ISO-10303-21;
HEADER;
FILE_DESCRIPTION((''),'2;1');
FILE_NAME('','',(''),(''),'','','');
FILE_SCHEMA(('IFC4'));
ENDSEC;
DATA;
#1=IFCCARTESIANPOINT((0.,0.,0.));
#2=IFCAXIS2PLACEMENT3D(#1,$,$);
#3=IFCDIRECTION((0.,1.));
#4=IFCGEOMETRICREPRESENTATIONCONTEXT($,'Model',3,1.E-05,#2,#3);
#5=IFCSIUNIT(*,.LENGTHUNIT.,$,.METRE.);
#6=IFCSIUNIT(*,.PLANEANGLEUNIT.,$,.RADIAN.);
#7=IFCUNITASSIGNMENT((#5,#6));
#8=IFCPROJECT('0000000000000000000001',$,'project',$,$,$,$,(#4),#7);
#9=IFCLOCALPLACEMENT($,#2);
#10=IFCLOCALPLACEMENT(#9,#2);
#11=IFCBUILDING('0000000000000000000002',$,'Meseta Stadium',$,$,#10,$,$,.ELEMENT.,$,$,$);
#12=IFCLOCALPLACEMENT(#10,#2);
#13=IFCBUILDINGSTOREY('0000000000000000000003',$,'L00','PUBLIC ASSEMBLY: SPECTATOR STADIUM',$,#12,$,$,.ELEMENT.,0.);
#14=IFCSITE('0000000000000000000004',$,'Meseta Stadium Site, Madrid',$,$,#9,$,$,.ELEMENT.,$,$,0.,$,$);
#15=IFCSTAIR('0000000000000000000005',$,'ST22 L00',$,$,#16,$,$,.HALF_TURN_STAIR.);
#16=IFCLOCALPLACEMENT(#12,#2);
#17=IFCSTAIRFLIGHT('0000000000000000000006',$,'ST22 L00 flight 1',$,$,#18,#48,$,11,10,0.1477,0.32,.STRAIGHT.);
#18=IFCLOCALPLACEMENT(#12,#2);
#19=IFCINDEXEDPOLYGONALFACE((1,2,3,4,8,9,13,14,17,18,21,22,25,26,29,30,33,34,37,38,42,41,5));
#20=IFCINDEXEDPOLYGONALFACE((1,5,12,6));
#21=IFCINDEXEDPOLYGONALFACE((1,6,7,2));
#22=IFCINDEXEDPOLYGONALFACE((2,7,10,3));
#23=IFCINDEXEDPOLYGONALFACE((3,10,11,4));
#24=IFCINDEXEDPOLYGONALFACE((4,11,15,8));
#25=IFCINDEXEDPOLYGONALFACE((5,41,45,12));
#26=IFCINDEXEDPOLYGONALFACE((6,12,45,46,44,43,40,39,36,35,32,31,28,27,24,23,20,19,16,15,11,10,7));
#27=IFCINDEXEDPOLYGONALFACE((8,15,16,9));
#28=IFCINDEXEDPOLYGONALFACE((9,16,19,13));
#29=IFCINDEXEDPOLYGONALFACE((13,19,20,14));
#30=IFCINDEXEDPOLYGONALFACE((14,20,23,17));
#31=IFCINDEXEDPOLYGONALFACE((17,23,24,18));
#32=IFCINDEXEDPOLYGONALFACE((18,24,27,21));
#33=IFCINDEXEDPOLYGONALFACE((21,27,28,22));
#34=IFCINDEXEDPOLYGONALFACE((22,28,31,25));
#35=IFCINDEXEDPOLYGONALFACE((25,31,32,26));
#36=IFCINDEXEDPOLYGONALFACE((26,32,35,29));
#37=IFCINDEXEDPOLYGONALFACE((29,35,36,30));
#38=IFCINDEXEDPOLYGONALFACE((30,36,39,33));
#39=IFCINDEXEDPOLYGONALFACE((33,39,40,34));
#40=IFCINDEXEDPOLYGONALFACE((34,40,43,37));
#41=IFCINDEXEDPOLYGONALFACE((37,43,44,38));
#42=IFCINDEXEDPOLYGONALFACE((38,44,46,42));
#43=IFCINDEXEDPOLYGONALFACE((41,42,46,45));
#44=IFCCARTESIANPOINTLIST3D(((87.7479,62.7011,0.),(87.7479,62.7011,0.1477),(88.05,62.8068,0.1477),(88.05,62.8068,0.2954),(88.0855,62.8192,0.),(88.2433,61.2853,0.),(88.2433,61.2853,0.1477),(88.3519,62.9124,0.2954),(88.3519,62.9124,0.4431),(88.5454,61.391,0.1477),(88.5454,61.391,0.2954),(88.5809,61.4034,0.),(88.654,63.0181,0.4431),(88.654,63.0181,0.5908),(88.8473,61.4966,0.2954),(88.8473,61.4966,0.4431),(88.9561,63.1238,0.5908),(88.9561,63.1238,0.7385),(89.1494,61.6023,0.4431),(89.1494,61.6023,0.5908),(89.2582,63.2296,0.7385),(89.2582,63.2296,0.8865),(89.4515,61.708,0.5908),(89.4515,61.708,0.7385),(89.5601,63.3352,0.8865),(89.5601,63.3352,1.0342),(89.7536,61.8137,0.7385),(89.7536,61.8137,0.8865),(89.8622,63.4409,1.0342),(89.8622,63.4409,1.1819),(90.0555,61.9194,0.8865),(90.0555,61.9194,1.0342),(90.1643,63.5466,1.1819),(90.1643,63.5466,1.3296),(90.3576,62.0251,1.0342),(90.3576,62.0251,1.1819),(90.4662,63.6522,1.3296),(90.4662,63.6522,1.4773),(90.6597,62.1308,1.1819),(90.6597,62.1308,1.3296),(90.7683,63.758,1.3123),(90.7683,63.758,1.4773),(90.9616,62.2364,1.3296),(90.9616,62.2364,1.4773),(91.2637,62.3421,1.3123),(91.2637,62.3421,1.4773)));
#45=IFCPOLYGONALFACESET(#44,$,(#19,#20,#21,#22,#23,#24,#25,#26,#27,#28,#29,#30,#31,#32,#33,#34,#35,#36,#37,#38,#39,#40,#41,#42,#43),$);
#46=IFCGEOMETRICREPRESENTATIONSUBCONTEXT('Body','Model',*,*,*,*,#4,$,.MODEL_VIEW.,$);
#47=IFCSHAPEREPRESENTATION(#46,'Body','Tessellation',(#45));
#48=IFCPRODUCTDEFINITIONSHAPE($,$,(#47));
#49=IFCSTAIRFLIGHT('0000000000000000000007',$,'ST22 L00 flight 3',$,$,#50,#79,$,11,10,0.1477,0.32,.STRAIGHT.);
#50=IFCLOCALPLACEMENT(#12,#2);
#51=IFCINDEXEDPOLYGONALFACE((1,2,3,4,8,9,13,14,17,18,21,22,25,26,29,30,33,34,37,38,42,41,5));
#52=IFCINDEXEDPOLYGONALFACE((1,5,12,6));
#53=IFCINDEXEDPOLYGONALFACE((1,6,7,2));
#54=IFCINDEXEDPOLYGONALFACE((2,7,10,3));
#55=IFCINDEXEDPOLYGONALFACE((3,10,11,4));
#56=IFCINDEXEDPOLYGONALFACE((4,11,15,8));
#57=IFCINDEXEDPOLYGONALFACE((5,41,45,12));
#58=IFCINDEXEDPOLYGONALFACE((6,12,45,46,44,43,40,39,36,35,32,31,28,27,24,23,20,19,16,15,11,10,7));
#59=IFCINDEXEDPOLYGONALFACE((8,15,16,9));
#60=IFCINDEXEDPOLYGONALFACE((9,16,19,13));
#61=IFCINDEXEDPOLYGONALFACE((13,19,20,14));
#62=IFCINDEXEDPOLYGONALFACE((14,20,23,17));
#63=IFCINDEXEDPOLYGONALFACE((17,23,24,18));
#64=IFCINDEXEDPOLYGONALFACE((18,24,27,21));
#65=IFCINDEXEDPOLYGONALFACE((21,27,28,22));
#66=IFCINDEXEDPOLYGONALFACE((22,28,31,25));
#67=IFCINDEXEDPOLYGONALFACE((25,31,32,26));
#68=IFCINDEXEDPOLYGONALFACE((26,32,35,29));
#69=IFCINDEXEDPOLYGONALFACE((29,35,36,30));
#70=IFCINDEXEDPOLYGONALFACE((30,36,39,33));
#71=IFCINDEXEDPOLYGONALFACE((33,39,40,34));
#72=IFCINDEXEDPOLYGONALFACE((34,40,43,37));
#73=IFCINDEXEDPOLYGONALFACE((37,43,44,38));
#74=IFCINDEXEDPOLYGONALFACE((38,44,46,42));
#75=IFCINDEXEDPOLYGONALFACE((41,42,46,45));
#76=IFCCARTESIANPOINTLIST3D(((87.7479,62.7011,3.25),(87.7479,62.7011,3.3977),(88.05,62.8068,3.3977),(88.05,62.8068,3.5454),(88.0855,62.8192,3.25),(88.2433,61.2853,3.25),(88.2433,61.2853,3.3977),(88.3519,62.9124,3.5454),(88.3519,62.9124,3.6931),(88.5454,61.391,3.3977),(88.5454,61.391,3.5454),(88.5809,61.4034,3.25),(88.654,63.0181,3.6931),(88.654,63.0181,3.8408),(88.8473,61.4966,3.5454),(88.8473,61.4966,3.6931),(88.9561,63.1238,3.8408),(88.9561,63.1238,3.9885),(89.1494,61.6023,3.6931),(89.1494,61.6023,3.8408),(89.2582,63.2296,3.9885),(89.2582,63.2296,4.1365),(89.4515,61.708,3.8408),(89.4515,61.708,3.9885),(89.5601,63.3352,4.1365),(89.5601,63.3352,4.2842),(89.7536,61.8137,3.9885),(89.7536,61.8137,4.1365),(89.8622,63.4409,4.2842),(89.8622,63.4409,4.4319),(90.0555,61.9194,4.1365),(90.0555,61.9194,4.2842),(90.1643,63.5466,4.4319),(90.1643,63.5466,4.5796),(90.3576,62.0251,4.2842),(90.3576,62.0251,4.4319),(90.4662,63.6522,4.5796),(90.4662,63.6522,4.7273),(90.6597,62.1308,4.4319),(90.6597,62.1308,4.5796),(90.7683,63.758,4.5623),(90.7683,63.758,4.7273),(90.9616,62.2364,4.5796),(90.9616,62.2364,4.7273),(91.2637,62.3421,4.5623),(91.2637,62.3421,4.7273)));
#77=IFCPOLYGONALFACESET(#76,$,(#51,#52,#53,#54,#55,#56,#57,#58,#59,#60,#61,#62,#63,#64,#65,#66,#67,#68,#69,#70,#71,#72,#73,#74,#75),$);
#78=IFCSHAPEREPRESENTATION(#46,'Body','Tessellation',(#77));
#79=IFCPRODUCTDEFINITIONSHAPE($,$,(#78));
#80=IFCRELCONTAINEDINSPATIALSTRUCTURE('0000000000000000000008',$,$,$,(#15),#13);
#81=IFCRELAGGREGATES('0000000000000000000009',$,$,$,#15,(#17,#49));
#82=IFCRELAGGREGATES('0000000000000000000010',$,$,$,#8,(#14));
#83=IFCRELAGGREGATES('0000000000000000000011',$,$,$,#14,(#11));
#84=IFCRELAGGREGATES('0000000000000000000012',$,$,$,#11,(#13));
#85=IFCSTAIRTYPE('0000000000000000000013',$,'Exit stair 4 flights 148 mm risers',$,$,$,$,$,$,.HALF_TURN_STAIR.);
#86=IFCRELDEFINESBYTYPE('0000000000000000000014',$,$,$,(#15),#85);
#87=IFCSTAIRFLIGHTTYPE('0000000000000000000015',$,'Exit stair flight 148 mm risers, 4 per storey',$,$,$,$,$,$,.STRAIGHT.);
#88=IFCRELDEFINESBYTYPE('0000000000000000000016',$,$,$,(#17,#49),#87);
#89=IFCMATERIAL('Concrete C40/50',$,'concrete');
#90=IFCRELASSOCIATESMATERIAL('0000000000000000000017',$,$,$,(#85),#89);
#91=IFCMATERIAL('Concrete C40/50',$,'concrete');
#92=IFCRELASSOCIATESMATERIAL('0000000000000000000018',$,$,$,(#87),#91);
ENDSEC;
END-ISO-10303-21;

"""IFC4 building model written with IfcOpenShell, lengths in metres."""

from ifc_helpers import new_model, si_unit, direction, frame, origin, place, context, subcontext, project, spatial, polyline, outline, extrude, material, type_object, element, aggregate, save


model = new_model("IFC4")

# Units and contexts
model_context = context("Model", 3, precision=1e-05, world=origin(), true_north=direction((0.0, 1.0)))
body_context = subcontext(model_context, "Body", "Model", "MODEL_VIEW")
ifc_project = project(units=[si_unit("LENGTHUNIT", "METRE"), si_unit("PLANEANGLEUNIT", "RADIAN")], contexts=[model_context])

# Site, building, storey
site_placement = place(None, origin())
site = spatial("IfcSite", under=ifc_project, at=site_placement, Name="Meseta Stadium Site, Madrid", CompositionType="ELEMENT", RefElevation=0.0)
building_placement = place(site_placement, origin())
building = spatial("IfcBuilding", under=site, at=building_placement, Name="Meseta Stadium", CompositionType="ELEMENT")
storey_placement = place(building_placement, origin())
storey = spatial("IfcBuildingStorey", under=building, at=storey_placement, Name="L00", Description="PUBLIC ASSEMBLY: SPECTATOR STADIUM", CompositionType="ELEMENT", Elevation=0.0)

# Stair, stair flights
ifc_material_1 = material(Name="Concrete C40/50", Category="concrete")
stair_type = type_object("IfcStairType", Name="Exit stair 4 flights 148 mm risers", PredefinedType="HALF_TURN_STAIR", material=ifc_material_1)
ifc_material_2 = material(Name="Concrete C40/50", Category="concrete")
stair_flight_type = type_object("IfcStairFlightType", Name="Exit stair flight 148 mm risers, 4 per storey", PredefinedType="STRAIGHT", material=ifc_material_2)
stair_1_placement = place(storey_placement, origin())
stair_1 = element("IfcStair", 1, at=stair_1_placement, inside=storey, type_object=stair_type, Name="ST22 L00", PredefinedType="HALF_TURN_STAIR")
stair_flight_1_placement = place(storey_placement, frame((87.9956, 61.9932, 0.0), z_axis=(0.0, 0.0, 1.0), x_axis=(0.943883, 0.330279, 0.0)))
stair_flight_1 = element("IfcStairFlight", 2, at=stair_flight_1_placement, type_object=stair_flight_type, Name="ST22 L00 flight 1", NumberOfRisers=11, NumberOfTreads=10, PredefinedType="STRAIGHT", RiserHeight=0.1477, TreadLength=0.32, context=body_context, shape_type="SweptSolid", body=[
    extrude(outline(polyline([(0.0, 0.0), (0.0, 0.1477), (0.3201, 0.1477), (0.3201, 0.2954), (0.6399, 0.2954), (0.6399, 0.4431), (0.96, 0.4431), (0.96, 0.5908), (1.28, 0.5908), (1.28, 0.7385), (1.6001, 0.7385), (1.6001, 0.8865), (1.9199, 0.8865), (1.9199, 1.0342), (2.24, 1.0342), (2.24, 1.1819), (2.5601, 1.1819), (2.5601, 1.3296), (2.8799, 1.3296), (2.8799, 1.4773), (3.2, 1.4773), (3.2, 1.3123), (0.3577, 0.0), (0.0, 0.0)])), frame((0.0, 0.75, 0.0), z_axis=(0.0, -1.0, 0.0), x_axis=(1.0, 0.0, 0.0)), (0.0, 0.0, 1.0), 1.5),
])
stair_flight_2_placement = place(storey_placement, frame((87.9956, 61.9932, 3.25), z_axis=(0.0, 0.0, 1.0), x_axis=(0.943883, 0.330279, 0.0)))
stair_flight_2 = element("IfcStairFlight", 3, at=stair_flight_2_placement, type_object=stair_flight_type, Name="ST22 L00 flight 3", NumberOfRisers=11, NumberOfTreads=10, PredefinedType="STRAIGHT", RiserHeight=0.1477, TreadLength=0.32, context=body_context, shape_type="SweptSolid", body=[
    extrude(outline(polyline([(0.0, 0.0), (0.0, 0.1477), (0.3201, 0.1477), (0.3201, 0.2954), (0.6399, 0.2954), (0.6399, 0.4431), (0.96, 0.4431), (0.96, 0.5908), (1.28, 0.5908), (1.28, 0.7385), (1.6001, 0.7385), (1.6001, 0.8865), (1.9199, 0.8865), (1.9199, 1.0342), (2.24, 1.0342), (2.24, 1.1819), (2.5601, 1.1819), (2.5601, 1.3296), (2.8799, 1.3296), (2.8799, 1.4773), (3.2, 1.4773), (3.2, 1.3123), (0.3577, 0.0), (0.0, 0.0)])), frame((0.0, 0.75, 0.0), z_axis=(0.0, -1.0, 0.0), x_axis=(1.0, 0.0, 0.0)), (0.0, 0.0, 1.0), 1.5),
])
aggregate(stair_1, [stair_flight_1, stair_flight_2])

save(model, "model.ifc")
